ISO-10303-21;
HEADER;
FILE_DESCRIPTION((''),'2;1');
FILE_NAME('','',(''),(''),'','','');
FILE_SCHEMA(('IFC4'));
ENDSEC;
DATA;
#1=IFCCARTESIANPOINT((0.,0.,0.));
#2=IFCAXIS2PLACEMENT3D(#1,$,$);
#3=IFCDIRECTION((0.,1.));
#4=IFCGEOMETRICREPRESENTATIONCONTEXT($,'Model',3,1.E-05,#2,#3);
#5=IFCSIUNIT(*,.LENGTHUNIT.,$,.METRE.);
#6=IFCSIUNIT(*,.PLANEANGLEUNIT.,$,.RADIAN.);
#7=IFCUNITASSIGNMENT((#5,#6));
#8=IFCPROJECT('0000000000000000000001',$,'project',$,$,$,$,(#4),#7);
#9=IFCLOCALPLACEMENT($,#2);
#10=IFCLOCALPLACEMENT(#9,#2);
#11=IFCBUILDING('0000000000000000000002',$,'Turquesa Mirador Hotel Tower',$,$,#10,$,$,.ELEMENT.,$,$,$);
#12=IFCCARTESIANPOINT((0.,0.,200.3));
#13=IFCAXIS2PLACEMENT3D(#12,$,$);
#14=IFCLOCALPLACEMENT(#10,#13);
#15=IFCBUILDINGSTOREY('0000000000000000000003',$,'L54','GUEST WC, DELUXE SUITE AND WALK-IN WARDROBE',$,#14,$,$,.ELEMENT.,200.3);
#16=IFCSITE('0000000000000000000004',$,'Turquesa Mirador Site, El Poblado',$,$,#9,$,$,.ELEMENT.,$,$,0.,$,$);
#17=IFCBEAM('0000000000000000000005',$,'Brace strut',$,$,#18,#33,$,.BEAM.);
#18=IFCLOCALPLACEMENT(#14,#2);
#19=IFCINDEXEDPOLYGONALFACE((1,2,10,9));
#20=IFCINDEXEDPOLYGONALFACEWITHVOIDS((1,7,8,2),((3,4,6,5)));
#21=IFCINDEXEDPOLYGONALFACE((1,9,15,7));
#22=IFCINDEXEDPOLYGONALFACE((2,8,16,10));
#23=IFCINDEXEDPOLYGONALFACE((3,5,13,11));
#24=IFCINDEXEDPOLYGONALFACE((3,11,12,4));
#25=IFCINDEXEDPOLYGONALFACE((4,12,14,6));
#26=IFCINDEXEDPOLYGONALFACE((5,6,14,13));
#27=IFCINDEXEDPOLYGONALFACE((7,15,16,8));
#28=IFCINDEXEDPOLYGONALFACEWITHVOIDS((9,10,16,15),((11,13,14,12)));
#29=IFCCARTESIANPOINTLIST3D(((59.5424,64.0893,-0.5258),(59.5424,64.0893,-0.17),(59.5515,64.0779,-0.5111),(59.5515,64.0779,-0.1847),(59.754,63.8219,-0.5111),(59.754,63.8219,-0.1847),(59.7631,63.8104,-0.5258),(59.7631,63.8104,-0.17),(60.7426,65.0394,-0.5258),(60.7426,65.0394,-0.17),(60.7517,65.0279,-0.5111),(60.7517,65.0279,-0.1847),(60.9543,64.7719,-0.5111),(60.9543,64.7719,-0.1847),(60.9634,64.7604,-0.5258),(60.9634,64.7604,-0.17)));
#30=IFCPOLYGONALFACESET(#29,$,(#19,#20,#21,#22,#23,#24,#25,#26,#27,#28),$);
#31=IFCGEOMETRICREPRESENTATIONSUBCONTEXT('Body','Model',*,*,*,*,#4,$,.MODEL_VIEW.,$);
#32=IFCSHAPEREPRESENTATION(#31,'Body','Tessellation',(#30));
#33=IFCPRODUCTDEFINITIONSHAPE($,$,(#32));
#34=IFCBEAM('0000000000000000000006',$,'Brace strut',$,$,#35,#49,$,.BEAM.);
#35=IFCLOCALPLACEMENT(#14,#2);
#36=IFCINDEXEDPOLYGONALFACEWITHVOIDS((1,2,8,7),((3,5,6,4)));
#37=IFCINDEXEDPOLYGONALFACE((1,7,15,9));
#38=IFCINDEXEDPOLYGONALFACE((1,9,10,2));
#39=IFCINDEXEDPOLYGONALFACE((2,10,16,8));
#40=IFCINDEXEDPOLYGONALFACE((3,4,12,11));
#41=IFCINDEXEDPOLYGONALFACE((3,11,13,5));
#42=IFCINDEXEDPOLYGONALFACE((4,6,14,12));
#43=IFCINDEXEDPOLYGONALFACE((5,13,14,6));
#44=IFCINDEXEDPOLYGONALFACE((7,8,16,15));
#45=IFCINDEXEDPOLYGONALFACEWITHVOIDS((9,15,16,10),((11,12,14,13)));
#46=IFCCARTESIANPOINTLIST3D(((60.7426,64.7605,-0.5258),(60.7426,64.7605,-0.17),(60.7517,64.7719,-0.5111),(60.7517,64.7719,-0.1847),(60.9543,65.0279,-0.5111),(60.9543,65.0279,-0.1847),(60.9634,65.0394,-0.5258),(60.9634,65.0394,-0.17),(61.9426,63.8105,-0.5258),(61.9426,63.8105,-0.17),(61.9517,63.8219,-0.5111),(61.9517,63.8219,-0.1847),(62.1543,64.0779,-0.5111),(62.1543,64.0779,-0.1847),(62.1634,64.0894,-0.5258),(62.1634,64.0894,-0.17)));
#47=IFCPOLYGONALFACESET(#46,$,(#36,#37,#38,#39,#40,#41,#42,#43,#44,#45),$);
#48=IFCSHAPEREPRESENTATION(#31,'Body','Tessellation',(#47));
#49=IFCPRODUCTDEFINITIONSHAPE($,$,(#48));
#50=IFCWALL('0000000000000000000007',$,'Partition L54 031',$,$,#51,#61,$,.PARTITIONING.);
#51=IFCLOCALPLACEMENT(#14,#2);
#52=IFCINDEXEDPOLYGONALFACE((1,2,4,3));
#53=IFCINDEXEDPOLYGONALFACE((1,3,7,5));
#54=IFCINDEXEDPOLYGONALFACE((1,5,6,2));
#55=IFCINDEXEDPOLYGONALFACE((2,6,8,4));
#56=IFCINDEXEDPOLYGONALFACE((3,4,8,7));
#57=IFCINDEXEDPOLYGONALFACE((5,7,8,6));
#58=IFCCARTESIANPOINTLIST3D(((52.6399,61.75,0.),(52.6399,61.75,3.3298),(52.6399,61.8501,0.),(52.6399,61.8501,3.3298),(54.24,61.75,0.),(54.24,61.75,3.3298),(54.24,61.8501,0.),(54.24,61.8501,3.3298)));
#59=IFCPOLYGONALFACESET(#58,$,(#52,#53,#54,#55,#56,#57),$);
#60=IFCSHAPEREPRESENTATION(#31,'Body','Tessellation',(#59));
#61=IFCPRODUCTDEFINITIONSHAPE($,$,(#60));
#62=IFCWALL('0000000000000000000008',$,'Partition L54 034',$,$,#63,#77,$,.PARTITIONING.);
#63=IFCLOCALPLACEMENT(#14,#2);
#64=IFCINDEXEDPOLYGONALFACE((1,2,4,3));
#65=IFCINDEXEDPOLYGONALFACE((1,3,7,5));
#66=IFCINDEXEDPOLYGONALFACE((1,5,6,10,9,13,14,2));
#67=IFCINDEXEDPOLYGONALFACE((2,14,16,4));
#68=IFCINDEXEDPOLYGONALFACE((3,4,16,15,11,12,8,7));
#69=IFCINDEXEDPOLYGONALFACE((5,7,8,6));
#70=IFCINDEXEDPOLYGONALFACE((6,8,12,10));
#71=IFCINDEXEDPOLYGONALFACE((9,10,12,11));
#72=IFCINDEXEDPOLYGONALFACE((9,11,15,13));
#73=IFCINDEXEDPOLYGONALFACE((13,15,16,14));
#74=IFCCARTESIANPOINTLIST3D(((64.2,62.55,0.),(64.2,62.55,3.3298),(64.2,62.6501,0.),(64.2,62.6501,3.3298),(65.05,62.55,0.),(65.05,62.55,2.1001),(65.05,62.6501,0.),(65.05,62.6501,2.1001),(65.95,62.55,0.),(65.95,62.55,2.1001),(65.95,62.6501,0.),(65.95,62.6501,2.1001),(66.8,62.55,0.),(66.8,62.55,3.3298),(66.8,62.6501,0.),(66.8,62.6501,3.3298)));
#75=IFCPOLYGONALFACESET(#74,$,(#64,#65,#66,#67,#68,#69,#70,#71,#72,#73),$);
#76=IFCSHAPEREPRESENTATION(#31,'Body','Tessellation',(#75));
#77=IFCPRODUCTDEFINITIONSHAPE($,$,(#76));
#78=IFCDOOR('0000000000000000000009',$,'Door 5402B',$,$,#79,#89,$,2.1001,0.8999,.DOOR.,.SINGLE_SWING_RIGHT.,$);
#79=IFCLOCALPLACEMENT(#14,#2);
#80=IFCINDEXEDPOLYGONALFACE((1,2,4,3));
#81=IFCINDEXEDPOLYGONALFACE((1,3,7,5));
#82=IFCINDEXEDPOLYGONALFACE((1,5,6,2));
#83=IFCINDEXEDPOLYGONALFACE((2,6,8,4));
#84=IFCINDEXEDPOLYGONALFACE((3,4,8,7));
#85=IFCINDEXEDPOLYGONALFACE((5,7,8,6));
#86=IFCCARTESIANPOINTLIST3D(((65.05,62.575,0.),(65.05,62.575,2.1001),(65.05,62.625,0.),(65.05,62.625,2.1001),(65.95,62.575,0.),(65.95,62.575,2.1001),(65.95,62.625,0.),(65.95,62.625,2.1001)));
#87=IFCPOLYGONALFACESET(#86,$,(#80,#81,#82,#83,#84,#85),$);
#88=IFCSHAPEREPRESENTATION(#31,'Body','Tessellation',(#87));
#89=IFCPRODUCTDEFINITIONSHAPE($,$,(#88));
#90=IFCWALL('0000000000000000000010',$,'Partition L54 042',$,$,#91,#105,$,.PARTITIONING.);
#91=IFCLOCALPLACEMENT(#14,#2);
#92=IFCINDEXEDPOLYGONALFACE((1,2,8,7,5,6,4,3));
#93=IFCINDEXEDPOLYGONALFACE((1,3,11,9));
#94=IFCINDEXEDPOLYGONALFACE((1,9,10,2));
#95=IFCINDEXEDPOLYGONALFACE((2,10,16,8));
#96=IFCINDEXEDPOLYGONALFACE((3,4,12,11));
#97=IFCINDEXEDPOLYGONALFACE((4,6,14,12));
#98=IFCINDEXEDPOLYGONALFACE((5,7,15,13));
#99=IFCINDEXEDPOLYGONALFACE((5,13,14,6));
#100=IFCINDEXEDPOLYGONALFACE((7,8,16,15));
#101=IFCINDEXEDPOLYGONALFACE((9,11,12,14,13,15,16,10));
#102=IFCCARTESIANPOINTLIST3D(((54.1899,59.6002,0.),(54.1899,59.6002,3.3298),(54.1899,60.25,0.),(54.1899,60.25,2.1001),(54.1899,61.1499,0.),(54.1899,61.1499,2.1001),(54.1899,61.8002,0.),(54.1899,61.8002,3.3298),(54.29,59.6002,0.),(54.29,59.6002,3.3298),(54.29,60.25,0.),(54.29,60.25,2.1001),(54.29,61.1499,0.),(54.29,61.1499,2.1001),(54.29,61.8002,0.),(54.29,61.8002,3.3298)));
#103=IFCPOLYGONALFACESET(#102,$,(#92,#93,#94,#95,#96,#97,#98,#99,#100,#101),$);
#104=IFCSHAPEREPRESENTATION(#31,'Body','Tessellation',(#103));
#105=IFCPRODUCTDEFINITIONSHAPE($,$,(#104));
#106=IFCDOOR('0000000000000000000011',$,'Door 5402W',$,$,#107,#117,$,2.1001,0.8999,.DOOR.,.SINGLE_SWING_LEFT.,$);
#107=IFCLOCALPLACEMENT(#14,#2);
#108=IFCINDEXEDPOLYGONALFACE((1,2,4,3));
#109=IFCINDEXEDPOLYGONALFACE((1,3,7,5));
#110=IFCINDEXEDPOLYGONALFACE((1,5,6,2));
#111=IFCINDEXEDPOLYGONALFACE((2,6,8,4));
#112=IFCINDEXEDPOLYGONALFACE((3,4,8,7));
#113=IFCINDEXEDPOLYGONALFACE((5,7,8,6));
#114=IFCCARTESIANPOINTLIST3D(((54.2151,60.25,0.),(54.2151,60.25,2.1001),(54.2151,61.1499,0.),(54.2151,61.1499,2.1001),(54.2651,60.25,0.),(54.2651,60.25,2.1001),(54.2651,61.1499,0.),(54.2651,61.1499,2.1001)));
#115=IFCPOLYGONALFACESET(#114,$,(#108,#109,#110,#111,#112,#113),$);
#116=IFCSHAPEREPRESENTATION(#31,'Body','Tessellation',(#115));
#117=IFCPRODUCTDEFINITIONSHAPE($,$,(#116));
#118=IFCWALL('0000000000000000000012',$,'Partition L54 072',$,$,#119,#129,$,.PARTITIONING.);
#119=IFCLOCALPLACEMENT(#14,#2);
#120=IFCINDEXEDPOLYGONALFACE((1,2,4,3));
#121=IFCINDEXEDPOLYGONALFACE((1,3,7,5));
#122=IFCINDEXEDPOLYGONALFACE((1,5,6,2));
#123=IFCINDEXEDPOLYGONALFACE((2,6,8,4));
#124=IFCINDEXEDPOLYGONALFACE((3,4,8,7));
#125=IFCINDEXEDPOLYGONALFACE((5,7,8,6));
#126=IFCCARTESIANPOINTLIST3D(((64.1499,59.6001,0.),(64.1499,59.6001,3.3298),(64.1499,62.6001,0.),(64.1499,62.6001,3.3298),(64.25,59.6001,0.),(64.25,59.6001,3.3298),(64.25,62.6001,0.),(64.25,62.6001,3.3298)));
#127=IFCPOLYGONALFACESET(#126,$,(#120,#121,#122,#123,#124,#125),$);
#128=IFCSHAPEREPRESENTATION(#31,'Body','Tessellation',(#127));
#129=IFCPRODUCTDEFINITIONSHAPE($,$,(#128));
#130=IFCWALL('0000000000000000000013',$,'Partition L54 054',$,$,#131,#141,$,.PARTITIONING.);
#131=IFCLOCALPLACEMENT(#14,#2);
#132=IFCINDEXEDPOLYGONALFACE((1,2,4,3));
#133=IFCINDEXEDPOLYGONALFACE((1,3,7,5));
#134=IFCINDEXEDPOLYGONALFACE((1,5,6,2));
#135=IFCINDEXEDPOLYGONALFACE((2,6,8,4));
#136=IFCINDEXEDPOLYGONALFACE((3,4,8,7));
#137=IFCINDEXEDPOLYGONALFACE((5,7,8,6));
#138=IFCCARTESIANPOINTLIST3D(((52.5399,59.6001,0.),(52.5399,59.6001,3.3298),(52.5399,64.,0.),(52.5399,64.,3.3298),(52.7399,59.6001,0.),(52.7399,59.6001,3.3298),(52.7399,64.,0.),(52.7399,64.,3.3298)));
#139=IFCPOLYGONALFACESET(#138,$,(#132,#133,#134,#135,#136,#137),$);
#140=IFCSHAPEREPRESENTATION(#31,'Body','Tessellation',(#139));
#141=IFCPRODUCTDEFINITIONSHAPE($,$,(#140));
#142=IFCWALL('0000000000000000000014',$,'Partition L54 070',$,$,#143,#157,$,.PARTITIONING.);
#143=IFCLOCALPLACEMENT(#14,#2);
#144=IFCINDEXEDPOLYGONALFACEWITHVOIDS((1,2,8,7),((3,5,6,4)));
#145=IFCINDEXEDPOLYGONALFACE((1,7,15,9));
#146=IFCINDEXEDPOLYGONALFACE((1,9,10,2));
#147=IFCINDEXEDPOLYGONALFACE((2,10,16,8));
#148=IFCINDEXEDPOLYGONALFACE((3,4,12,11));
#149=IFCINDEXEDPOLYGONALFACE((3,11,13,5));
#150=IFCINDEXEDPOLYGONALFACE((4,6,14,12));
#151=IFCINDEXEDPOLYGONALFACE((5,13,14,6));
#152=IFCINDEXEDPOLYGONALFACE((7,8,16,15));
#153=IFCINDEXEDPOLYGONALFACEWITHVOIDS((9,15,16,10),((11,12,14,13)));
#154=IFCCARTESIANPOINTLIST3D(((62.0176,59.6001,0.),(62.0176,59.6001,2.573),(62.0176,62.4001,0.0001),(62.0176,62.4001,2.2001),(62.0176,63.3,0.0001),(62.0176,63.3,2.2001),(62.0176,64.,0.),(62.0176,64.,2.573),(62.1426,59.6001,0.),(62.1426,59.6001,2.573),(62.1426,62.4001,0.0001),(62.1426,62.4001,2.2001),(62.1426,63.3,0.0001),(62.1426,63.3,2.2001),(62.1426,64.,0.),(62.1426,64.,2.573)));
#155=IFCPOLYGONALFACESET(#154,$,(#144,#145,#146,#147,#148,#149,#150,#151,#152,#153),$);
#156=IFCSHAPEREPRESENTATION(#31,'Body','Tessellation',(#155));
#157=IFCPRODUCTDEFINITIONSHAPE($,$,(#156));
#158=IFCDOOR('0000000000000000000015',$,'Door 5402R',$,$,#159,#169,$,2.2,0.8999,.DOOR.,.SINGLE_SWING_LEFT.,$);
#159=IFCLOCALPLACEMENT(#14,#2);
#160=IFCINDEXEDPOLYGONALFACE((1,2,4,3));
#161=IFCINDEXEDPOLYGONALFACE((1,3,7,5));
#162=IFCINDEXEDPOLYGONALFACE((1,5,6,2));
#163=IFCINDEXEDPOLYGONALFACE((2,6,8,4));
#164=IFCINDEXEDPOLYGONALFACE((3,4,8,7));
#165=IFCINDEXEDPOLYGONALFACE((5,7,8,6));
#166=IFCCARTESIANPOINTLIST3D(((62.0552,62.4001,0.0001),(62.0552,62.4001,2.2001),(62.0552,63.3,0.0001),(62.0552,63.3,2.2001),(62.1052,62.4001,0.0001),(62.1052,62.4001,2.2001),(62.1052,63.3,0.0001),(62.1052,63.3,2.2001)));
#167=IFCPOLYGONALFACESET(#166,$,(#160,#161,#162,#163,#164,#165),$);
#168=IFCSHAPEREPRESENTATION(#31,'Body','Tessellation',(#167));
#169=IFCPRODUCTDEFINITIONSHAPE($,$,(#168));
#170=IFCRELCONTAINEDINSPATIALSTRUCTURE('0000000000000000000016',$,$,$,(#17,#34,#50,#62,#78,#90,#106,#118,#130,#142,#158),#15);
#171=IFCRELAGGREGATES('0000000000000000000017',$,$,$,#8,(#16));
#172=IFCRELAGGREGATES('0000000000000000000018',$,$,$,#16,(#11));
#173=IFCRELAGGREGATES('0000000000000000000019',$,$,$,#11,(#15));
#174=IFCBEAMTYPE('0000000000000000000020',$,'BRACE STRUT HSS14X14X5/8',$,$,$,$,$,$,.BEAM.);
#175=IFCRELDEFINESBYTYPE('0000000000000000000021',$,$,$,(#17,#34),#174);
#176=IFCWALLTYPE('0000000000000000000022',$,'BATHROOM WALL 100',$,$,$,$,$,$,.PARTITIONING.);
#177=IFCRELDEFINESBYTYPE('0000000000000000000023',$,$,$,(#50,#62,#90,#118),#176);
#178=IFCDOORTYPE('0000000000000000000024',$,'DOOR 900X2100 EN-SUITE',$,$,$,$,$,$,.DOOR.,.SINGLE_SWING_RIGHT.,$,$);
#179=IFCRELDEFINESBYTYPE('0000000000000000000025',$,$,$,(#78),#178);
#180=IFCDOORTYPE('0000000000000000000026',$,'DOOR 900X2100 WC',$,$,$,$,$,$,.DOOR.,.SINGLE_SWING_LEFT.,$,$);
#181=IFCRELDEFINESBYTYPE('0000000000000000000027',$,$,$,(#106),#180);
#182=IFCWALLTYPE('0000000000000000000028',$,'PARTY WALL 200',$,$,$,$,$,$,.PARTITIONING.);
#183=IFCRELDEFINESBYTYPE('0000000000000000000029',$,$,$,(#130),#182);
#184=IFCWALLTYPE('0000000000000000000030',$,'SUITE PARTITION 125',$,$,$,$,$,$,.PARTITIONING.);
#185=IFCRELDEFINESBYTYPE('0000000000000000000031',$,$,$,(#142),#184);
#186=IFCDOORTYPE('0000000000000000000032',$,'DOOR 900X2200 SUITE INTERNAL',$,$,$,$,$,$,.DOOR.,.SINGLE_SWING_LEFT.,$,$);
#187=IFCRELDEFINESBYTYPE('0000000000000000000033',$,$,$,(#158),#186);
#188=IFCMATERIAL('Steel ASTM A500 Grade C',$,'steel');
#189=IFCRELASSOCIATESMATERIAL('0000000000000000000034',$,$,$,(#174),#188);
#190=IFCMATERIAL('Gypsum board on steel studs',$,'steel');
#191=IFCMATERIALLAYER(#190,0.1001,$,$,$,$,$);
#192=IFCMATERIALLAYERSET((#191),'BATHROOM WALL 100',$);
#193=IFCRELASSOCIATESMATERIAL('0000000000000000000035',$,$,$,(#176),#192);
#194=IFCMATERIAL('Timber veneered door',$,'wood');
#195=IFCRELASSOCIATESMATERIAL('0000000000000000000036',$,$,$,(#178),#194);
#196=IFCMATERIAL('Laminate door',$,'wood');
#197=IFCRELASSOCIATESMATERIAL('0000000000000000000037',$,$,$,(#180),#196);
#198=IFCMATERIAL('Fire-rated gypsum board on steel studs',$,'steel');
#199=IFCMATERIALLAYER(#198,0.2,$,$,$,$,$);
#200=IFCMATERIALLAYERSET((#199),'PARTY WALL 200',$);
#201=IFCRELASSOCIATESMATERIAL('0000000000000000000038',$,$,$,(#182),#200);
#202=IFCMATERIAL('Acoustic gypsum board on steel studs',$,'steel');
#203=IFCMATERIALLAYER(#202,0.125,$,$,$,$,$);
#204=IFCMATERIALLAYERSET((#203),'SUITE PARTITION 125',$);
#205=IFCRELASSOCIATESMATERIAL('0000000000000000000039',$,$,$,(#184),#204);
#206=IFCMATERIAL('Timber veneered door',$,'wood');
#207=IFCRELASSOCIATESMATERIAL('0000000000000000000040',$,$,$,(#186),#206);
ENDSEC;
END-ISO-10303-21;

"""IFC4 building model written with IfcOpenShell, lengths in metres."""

from ifc_helpers import new_model, si_unit, direction, frame, frame_2d, origin, origin_2d, place, context, subcontext, project, spatial, rectangle, hollow_rectangle, extrude, material, layer, layer_set, material_profile, profile_set, type_object, element, fill, save


model = new_model("IFC4")

# Units and contexts
model_context = context("Model", 3, precision=1e-05, world=origin(), true_north=direction((0.0, 1.0)))
body_context = subcontext(model_context, "Body", "Model", "MODEL_VIEW")
ifc_project = project(units=[si_unit("LENGTHUNIT", "METRE"), si_unit("PLANEANGLEUNIT", "RADIAN")], contexts=[model_context])

# Site, building, storey
site_placement = place(None, origin())
site = spatial("IfcSite", under=ifc_project, at=site_placement, Name="Turquesa Mirador Site, El Poblado", CompositionType="ELEMENT", RefElevation=0.0)
building_placement = place(site_placement, origin())
building = spatial("IfcBuilding", under=site, at=building_placement, Name="Turquesa Mirador Hotel Tower", CompositionType="ELEMENT")
storey_placement = place(building_placement, frame((0.0, 0.0, 200.3)))
storey = spatial("IfcBuildingStorey", under=building, at=storey_placement, Name="L54", Description="GUEST WC, DELUXE SUITE AND WALK-IN WARDROBE", CompositionType="ELEMENT", Elevation=200.3)

# Beams
ifc_material_1 = material(Name="Steel ASTM A500 Grade C", Category="steel")
ifc_material_profile_1 = material_profile(ifc_material_1, hollow_rectangle(XDim=0.3557, YDim=0.3557, WallThickness=0.0146, at=origin_2d()), Name="HSS14X14X5/8")
ifc_profile_set_1 = profile_set([ifc_material_profile_1], Name="Steel ASTM A500 Grade C")
beam_type_1 = type_object("IfcBeamType", Name="BRACE STRUT HSS14X14X5/8", PredefinedType="BEAM", material=ifc_profile_set_1)
beam_1_placement = place(storey_placement, frame((60.853, 64.8999, -0.3479), z_axis=(-0.784111, -0.620621, 0.0), x_axis=(0.620621, -0.784111, 0.0)))
element("IfcBeam", 1, at=beam_1_placement, inside=storey, type_object=beam_type_1, Name="Brace strut", PredefinedType="BEAM", context=body_context, shape_type="SweptSolid", body=[
    extrude(hollow_rectangle(XDim=0.3557, YDim=0.3557, WallThickness=0.0146, at=origin_2d()), origin(), (0.0, 0.0, 1.0), 1.5308),
])
beam_2_placement = place(storey_placement, frame((60.853, 64.8999, -0.3479), z_axis=(0.784049, -0.620699, 0.0), x_axis=(0.620699, 0.784049, 0.0)))
element("IfcBeam", 2, at=beam_2_placement, inside=storey, type_object=beam_type_1, Name="Brace strut", PredefinedType="BEAM", context=body_context, shape_type="SweptSolid", body=[
    extrude(hollow_rectangle(XDim=0.3557, YDim=0.3557, WallThickness=0.0146, at=origin_2d()), origin(), (0.0, 0.0, 1.0), 1.5305),
])

# Wall
ifc_material_2 = material(Name="Gypsum board on steel studs", Category="steel")
ifc_layer_1 = layer(ifc_material_2, 0.1001)
ifc_layer_set_1 = layer_set([ifc_layer_1], Name="BATHROOM WALL 100")
wall_type_1 = type_object("IfcWallType", Name="BATHROOM WALL 100", PredefinedType="PARTITIONING", material=ifc_layer_set_1)
wall_1_placement = place(storey_placement, frame((52.6399, 61.8, 0.0), z_axis=(0.0, 0.0, 1.0), x_axis=(1.0, 0.0, 0.0)))
element("IfcWall", 3, at=wall_1_placement, inside=storey, type_object=wall_type_1, Name="Partition L54 031", PredefinedType="PARTITIONING", context=body_context, shape_type="SweptSolid", body=[
    extrude(rectangle(XDim=1.6001, YDim=0.1001, at=frame_2d((0.8, 0.0))), origin(), (0.0, 0.0, 1.0), 3.3298),
])

# Walls, openings, doors
wall_2_placement = place(storey_placement, frame((64.2, 62.6001, 0.0), z_axis=(0.0, 0.0, 1.0), x_axis=(1.0, 0.0, 0.0)))
wall_2 = element("IfcWall", 4, at=wall_2_placement, inside=storey, type_object=wall_type_1, Name="Partition L54 034", PredefinedType="PARTITIONING", context=body_context, shape_type="SweptSolid", body=[
    extrude(rectangle(XDim=2.6001, YDim=0.1001, at=frame_2d((1.3, 0.0))), origin(), (0.0, 0.0, 1.0), 3.3298),
])
opening_1_placement = place(wall_2_placement, frame((0.8501, 0.0, 0.0)))
opening_1 = element("IfcOpeningElement", 5, at=opening_1_placement, cuts=wall_2, PredefinedType="OPENING", context=body_context, shape_type="SweptSolid", body=[
    extrude(rectangle(XDim=0.8999, YDim=2.1001, at=frame_2d((0.45, 1.05))), frame((0.0, 0.0601, 0.0), z_axis=(0.0, -1.0, 0.0), x_axis=(1.0, 0.0, 0.0)), (0.0, 0.0, 1.0), 0.1201),
])
ifc_material_3 = material(Name="Timber veneered door", Category="wood")
door_type_1 = type_object("IfcDoorType", Name="DOOR 900X2100 EN-SUITE", OperationType="SINGLE_SWING_RIGHT", PredefinedType="DOOR", material=ifc_material_3)
door_1_placement = place(opening_1_placement, origin())
door_1 = element("IfcDoor", 6, at=door_1_placement, inside=storey, type_object=door_type_1, Name="Door 5402B", OperationType="SINGLE_SWING_RIGHT", OverallHeight=2.1001, OverallWidth=0.8999, PredefinedType="DOOR", context=body_context, shape_type="SweptSolid", body=[
    extrude(rectangle(XDim=0.8999, YDim=2.1001, at=frame_2d((0.45, 1.05))), frame((0.0, 0.0249, 0.0), z_axis=(0.0, -1.0, 0.0), x_axis=(1.0, 0.0, 0.0)), (0.0, 0.0, 1.0), 0.05),
])
fill(opening_1, door_1)
wall_3_placement = place(storey_placement, frame((54.24, 59.6001, 0.0), z_axis=(0.0, 0.0, 1.0), x_axis=(0.0, 1.0, 0.0)))
wall_3 = element("IfcWall", 7, at=wall_3_placement, inside=storey, type_object=wall_type_1, Name="Partition L54 042", PredefinedType="PARTITIONING", context=body_context, shape_type="SweptSolid", body=[
    extrude(rectangle(XDim=2.2, YDim=0.1001, at=frame_2d((1.1001, 0.0))), origin(), (0.0, 0.0, 1.0), 3.3298),
])
opening_2_placement = place(wall_3_placement, frame((0.6499, 0.0, 0.0)))
opening_2 = element("IfcOpeningElement", 8, at=opening_2_placement, cuts=wall_3, PredefinedType="OPENING", context=body_context, shape_type="SweptSolid", body=[
    extrude(rectangle(XDim=0.8999, YDim=2.1001, at=frame_2d((0.45, 1.05))), frame((0.0, 0.0601, 0.0), z_axis=(0.0, -1.0, 0.0), x_axis=(1.0, 0.0, 0.0)), (0.0, 0.0, 1.0), 0.1201),
])
ifc_material_4 = material(Name="Laminate door", Category="wood")
door_type_2 = type_object("IfcDoorType", Name="DOOR 900X2100 WC", OperationType="SINGLE_SWING_LEFT", PredefinedType="DOOR", material=ifc_material_4)
door_2_placement = place(opening_2_placement, origin())
door_2 = element("IfcDoor", 9, at=door_2_placement, inside=storey, type_object=door_type_2, Name="Door 5402W", OperationType="SINGLE_SWING_LEFT", OverallHeight=2.1001, OverallWidth=0.8999, PredefinedType="DOOR", context=body_context, shape_type="SweptSolid", body=[
    extrude(rectangle(XDim=0.8999, YDim=2.1001, at=frame_2d((0.45, 1.05))), frame((0.0, 0.0249, 0.0), z_axis=(0.0, -1.0, 0.0), x_axis=(1.0, 0.0, 0.0)), (0.0, 0.0, 1.0), 0.05),
])
fill(opening_2, door_2)

# Walls
wall_4_placement = place(storey_placement, frame((64.2, 59.6001, 0.0), z_axis=(0.0, 0.0, 1.0), x_axis=(0.0, 1.0, 0.0)))
element("IfcWall", 10, at=wall_4_placement, inside=storey, type_object=wall_type_1, Name="Partition L54 072", PredefinedType="PARTITIONING", context=body_context, shape_type="SweptSolid", body=[
    extrude(rectangle(XDim=3.0, YDim=0.1001, at=frame_2d((1.5, 0.0))), origin(), (0.0, 0.0, 1.0), 3.3298),
])
ifc_material_5 = material(Name="Fire-rated gypsum board on steel studs", Category="steel")
ifc_layer_2 = layer(ifc_material_5, 0.2)
ifc_layer_set_2 = layer_set([ifc_layer_2], Name="PARTY WALL 200")
wall_type_2 = type_object("IfcWallType", Name="PARTY WALL 200", PredefinedType="PARTITIONING", material=ifc_layer_set_2)
wall_5_placement = place(storey_placement, frame((52.6399, 59.6001, 0.0), z_axis=(0.0, 0.0, 1.0), x_axis=(0.0, 1.0, 0.0)))
element("IfcWall", 11, at=wall_5_placement, inside=storey, type_object=wall_type_2, Name="Partition L54 054", PredefinedType="PARTITIONING", context=body_context, shape_type="SweptSolid", body=[
    extrude(rectangle(XDim=4.3999, YDim=0.2, at=frame_2d((2.2, 0.0))), origin(), (0.0, 0.0, 1.0), 3.3298),
])

# Wall, opening, door
ifc_material_6 = material(Name="Acoustic gypsum board on steel studs", Category="steel")
ifc_layer_3 = layer(ifc_material_6, 0.125)
ifc_layer_set_3 = layer_set([ifc_layer_3], Name="SUITE PARTITION 125")
wall_type_3 = type_object("IfcWallType", Name="SUITE PARTITION 125", PredefinedType="PARTITIONING", material=ifc_layer_set_3)
wall_6_placement = place(storey_placement, frame((62.0801, 59.6001, 0.0), z_axis=(0.0, 0.0, 1.0), x_axis=(0.0, 1.0, 0.0)))
wall_6 = element("IfcWall", 12, at=wall_6_placement, inside=storey, type_object=wall_type_3, Name="Partition L54 070", PredefinedType="PARTITIONING", context=body_context, shape_type="SweptSolid", body=[
    extrude(rectangle(XDim=4.3999, YDim=0.125, at=frame_2d((2.2, 0.0))), origin(), (0.0, 0.0, 1.0), 2.573),
])
opening_3_placement = place(wall_6_placement, frame((2.8, 0.0, 0.0)))
opening_3 = element("IfcOpeningElement", 13, at=opening_3_placement, cuts=wall_6, PredefinedType="OPENING", context=body_context, shape_type="SweptSolid", body=[
    extrude(rectangle(XDim=0.8999, YDim=2.2, at=frame_2d((0.45, 1.1001))), frame((0.0, 0.0725, 0.0), z_axis=(0.0, -1.0, 0.0), x_axis=(1.0, 0.0, 0.0)), (0.0, 0.0, 1.0), 0.145),
])
ifc_material_7 = material(Name="Timber veneered door", Category="wood")
door_type_3 = type_object("IfcDoorType", Name="DOOR 900X2200 SUITE INTERNAL", OperationType="SINGLE_SWING_LEFT", PredefinedType="DOOR", material=ifc_material_7)
door_3_placement = place(opening_3_placement, origin())
door_3 = element("IfcDoor", 14, at=door_3_placement, inside=storey, type_object=door_type_3, Name="Door 5402R", OperationType="SINGLE_SWING_LEFT", OverallHeight=2.2, OverallWidth=0.8999, PredefinedType="DOOR", context=body_context, shape_type="SweptSolid", body=[
    extrude(rectangle(XDim=0.8999, YDim=2.2, at=frame_2d((0.45, 1.1001))), frame((0.0, 0.0249, 0.0), z_axis=(0.0, -1.0, 0.0), x_axis=(1.0, 0.0, 0.0)), (0.0, 0.0, 1.0), 0.05),
])
fill(opening_3, door_3)

save(model, "model.ifc")
